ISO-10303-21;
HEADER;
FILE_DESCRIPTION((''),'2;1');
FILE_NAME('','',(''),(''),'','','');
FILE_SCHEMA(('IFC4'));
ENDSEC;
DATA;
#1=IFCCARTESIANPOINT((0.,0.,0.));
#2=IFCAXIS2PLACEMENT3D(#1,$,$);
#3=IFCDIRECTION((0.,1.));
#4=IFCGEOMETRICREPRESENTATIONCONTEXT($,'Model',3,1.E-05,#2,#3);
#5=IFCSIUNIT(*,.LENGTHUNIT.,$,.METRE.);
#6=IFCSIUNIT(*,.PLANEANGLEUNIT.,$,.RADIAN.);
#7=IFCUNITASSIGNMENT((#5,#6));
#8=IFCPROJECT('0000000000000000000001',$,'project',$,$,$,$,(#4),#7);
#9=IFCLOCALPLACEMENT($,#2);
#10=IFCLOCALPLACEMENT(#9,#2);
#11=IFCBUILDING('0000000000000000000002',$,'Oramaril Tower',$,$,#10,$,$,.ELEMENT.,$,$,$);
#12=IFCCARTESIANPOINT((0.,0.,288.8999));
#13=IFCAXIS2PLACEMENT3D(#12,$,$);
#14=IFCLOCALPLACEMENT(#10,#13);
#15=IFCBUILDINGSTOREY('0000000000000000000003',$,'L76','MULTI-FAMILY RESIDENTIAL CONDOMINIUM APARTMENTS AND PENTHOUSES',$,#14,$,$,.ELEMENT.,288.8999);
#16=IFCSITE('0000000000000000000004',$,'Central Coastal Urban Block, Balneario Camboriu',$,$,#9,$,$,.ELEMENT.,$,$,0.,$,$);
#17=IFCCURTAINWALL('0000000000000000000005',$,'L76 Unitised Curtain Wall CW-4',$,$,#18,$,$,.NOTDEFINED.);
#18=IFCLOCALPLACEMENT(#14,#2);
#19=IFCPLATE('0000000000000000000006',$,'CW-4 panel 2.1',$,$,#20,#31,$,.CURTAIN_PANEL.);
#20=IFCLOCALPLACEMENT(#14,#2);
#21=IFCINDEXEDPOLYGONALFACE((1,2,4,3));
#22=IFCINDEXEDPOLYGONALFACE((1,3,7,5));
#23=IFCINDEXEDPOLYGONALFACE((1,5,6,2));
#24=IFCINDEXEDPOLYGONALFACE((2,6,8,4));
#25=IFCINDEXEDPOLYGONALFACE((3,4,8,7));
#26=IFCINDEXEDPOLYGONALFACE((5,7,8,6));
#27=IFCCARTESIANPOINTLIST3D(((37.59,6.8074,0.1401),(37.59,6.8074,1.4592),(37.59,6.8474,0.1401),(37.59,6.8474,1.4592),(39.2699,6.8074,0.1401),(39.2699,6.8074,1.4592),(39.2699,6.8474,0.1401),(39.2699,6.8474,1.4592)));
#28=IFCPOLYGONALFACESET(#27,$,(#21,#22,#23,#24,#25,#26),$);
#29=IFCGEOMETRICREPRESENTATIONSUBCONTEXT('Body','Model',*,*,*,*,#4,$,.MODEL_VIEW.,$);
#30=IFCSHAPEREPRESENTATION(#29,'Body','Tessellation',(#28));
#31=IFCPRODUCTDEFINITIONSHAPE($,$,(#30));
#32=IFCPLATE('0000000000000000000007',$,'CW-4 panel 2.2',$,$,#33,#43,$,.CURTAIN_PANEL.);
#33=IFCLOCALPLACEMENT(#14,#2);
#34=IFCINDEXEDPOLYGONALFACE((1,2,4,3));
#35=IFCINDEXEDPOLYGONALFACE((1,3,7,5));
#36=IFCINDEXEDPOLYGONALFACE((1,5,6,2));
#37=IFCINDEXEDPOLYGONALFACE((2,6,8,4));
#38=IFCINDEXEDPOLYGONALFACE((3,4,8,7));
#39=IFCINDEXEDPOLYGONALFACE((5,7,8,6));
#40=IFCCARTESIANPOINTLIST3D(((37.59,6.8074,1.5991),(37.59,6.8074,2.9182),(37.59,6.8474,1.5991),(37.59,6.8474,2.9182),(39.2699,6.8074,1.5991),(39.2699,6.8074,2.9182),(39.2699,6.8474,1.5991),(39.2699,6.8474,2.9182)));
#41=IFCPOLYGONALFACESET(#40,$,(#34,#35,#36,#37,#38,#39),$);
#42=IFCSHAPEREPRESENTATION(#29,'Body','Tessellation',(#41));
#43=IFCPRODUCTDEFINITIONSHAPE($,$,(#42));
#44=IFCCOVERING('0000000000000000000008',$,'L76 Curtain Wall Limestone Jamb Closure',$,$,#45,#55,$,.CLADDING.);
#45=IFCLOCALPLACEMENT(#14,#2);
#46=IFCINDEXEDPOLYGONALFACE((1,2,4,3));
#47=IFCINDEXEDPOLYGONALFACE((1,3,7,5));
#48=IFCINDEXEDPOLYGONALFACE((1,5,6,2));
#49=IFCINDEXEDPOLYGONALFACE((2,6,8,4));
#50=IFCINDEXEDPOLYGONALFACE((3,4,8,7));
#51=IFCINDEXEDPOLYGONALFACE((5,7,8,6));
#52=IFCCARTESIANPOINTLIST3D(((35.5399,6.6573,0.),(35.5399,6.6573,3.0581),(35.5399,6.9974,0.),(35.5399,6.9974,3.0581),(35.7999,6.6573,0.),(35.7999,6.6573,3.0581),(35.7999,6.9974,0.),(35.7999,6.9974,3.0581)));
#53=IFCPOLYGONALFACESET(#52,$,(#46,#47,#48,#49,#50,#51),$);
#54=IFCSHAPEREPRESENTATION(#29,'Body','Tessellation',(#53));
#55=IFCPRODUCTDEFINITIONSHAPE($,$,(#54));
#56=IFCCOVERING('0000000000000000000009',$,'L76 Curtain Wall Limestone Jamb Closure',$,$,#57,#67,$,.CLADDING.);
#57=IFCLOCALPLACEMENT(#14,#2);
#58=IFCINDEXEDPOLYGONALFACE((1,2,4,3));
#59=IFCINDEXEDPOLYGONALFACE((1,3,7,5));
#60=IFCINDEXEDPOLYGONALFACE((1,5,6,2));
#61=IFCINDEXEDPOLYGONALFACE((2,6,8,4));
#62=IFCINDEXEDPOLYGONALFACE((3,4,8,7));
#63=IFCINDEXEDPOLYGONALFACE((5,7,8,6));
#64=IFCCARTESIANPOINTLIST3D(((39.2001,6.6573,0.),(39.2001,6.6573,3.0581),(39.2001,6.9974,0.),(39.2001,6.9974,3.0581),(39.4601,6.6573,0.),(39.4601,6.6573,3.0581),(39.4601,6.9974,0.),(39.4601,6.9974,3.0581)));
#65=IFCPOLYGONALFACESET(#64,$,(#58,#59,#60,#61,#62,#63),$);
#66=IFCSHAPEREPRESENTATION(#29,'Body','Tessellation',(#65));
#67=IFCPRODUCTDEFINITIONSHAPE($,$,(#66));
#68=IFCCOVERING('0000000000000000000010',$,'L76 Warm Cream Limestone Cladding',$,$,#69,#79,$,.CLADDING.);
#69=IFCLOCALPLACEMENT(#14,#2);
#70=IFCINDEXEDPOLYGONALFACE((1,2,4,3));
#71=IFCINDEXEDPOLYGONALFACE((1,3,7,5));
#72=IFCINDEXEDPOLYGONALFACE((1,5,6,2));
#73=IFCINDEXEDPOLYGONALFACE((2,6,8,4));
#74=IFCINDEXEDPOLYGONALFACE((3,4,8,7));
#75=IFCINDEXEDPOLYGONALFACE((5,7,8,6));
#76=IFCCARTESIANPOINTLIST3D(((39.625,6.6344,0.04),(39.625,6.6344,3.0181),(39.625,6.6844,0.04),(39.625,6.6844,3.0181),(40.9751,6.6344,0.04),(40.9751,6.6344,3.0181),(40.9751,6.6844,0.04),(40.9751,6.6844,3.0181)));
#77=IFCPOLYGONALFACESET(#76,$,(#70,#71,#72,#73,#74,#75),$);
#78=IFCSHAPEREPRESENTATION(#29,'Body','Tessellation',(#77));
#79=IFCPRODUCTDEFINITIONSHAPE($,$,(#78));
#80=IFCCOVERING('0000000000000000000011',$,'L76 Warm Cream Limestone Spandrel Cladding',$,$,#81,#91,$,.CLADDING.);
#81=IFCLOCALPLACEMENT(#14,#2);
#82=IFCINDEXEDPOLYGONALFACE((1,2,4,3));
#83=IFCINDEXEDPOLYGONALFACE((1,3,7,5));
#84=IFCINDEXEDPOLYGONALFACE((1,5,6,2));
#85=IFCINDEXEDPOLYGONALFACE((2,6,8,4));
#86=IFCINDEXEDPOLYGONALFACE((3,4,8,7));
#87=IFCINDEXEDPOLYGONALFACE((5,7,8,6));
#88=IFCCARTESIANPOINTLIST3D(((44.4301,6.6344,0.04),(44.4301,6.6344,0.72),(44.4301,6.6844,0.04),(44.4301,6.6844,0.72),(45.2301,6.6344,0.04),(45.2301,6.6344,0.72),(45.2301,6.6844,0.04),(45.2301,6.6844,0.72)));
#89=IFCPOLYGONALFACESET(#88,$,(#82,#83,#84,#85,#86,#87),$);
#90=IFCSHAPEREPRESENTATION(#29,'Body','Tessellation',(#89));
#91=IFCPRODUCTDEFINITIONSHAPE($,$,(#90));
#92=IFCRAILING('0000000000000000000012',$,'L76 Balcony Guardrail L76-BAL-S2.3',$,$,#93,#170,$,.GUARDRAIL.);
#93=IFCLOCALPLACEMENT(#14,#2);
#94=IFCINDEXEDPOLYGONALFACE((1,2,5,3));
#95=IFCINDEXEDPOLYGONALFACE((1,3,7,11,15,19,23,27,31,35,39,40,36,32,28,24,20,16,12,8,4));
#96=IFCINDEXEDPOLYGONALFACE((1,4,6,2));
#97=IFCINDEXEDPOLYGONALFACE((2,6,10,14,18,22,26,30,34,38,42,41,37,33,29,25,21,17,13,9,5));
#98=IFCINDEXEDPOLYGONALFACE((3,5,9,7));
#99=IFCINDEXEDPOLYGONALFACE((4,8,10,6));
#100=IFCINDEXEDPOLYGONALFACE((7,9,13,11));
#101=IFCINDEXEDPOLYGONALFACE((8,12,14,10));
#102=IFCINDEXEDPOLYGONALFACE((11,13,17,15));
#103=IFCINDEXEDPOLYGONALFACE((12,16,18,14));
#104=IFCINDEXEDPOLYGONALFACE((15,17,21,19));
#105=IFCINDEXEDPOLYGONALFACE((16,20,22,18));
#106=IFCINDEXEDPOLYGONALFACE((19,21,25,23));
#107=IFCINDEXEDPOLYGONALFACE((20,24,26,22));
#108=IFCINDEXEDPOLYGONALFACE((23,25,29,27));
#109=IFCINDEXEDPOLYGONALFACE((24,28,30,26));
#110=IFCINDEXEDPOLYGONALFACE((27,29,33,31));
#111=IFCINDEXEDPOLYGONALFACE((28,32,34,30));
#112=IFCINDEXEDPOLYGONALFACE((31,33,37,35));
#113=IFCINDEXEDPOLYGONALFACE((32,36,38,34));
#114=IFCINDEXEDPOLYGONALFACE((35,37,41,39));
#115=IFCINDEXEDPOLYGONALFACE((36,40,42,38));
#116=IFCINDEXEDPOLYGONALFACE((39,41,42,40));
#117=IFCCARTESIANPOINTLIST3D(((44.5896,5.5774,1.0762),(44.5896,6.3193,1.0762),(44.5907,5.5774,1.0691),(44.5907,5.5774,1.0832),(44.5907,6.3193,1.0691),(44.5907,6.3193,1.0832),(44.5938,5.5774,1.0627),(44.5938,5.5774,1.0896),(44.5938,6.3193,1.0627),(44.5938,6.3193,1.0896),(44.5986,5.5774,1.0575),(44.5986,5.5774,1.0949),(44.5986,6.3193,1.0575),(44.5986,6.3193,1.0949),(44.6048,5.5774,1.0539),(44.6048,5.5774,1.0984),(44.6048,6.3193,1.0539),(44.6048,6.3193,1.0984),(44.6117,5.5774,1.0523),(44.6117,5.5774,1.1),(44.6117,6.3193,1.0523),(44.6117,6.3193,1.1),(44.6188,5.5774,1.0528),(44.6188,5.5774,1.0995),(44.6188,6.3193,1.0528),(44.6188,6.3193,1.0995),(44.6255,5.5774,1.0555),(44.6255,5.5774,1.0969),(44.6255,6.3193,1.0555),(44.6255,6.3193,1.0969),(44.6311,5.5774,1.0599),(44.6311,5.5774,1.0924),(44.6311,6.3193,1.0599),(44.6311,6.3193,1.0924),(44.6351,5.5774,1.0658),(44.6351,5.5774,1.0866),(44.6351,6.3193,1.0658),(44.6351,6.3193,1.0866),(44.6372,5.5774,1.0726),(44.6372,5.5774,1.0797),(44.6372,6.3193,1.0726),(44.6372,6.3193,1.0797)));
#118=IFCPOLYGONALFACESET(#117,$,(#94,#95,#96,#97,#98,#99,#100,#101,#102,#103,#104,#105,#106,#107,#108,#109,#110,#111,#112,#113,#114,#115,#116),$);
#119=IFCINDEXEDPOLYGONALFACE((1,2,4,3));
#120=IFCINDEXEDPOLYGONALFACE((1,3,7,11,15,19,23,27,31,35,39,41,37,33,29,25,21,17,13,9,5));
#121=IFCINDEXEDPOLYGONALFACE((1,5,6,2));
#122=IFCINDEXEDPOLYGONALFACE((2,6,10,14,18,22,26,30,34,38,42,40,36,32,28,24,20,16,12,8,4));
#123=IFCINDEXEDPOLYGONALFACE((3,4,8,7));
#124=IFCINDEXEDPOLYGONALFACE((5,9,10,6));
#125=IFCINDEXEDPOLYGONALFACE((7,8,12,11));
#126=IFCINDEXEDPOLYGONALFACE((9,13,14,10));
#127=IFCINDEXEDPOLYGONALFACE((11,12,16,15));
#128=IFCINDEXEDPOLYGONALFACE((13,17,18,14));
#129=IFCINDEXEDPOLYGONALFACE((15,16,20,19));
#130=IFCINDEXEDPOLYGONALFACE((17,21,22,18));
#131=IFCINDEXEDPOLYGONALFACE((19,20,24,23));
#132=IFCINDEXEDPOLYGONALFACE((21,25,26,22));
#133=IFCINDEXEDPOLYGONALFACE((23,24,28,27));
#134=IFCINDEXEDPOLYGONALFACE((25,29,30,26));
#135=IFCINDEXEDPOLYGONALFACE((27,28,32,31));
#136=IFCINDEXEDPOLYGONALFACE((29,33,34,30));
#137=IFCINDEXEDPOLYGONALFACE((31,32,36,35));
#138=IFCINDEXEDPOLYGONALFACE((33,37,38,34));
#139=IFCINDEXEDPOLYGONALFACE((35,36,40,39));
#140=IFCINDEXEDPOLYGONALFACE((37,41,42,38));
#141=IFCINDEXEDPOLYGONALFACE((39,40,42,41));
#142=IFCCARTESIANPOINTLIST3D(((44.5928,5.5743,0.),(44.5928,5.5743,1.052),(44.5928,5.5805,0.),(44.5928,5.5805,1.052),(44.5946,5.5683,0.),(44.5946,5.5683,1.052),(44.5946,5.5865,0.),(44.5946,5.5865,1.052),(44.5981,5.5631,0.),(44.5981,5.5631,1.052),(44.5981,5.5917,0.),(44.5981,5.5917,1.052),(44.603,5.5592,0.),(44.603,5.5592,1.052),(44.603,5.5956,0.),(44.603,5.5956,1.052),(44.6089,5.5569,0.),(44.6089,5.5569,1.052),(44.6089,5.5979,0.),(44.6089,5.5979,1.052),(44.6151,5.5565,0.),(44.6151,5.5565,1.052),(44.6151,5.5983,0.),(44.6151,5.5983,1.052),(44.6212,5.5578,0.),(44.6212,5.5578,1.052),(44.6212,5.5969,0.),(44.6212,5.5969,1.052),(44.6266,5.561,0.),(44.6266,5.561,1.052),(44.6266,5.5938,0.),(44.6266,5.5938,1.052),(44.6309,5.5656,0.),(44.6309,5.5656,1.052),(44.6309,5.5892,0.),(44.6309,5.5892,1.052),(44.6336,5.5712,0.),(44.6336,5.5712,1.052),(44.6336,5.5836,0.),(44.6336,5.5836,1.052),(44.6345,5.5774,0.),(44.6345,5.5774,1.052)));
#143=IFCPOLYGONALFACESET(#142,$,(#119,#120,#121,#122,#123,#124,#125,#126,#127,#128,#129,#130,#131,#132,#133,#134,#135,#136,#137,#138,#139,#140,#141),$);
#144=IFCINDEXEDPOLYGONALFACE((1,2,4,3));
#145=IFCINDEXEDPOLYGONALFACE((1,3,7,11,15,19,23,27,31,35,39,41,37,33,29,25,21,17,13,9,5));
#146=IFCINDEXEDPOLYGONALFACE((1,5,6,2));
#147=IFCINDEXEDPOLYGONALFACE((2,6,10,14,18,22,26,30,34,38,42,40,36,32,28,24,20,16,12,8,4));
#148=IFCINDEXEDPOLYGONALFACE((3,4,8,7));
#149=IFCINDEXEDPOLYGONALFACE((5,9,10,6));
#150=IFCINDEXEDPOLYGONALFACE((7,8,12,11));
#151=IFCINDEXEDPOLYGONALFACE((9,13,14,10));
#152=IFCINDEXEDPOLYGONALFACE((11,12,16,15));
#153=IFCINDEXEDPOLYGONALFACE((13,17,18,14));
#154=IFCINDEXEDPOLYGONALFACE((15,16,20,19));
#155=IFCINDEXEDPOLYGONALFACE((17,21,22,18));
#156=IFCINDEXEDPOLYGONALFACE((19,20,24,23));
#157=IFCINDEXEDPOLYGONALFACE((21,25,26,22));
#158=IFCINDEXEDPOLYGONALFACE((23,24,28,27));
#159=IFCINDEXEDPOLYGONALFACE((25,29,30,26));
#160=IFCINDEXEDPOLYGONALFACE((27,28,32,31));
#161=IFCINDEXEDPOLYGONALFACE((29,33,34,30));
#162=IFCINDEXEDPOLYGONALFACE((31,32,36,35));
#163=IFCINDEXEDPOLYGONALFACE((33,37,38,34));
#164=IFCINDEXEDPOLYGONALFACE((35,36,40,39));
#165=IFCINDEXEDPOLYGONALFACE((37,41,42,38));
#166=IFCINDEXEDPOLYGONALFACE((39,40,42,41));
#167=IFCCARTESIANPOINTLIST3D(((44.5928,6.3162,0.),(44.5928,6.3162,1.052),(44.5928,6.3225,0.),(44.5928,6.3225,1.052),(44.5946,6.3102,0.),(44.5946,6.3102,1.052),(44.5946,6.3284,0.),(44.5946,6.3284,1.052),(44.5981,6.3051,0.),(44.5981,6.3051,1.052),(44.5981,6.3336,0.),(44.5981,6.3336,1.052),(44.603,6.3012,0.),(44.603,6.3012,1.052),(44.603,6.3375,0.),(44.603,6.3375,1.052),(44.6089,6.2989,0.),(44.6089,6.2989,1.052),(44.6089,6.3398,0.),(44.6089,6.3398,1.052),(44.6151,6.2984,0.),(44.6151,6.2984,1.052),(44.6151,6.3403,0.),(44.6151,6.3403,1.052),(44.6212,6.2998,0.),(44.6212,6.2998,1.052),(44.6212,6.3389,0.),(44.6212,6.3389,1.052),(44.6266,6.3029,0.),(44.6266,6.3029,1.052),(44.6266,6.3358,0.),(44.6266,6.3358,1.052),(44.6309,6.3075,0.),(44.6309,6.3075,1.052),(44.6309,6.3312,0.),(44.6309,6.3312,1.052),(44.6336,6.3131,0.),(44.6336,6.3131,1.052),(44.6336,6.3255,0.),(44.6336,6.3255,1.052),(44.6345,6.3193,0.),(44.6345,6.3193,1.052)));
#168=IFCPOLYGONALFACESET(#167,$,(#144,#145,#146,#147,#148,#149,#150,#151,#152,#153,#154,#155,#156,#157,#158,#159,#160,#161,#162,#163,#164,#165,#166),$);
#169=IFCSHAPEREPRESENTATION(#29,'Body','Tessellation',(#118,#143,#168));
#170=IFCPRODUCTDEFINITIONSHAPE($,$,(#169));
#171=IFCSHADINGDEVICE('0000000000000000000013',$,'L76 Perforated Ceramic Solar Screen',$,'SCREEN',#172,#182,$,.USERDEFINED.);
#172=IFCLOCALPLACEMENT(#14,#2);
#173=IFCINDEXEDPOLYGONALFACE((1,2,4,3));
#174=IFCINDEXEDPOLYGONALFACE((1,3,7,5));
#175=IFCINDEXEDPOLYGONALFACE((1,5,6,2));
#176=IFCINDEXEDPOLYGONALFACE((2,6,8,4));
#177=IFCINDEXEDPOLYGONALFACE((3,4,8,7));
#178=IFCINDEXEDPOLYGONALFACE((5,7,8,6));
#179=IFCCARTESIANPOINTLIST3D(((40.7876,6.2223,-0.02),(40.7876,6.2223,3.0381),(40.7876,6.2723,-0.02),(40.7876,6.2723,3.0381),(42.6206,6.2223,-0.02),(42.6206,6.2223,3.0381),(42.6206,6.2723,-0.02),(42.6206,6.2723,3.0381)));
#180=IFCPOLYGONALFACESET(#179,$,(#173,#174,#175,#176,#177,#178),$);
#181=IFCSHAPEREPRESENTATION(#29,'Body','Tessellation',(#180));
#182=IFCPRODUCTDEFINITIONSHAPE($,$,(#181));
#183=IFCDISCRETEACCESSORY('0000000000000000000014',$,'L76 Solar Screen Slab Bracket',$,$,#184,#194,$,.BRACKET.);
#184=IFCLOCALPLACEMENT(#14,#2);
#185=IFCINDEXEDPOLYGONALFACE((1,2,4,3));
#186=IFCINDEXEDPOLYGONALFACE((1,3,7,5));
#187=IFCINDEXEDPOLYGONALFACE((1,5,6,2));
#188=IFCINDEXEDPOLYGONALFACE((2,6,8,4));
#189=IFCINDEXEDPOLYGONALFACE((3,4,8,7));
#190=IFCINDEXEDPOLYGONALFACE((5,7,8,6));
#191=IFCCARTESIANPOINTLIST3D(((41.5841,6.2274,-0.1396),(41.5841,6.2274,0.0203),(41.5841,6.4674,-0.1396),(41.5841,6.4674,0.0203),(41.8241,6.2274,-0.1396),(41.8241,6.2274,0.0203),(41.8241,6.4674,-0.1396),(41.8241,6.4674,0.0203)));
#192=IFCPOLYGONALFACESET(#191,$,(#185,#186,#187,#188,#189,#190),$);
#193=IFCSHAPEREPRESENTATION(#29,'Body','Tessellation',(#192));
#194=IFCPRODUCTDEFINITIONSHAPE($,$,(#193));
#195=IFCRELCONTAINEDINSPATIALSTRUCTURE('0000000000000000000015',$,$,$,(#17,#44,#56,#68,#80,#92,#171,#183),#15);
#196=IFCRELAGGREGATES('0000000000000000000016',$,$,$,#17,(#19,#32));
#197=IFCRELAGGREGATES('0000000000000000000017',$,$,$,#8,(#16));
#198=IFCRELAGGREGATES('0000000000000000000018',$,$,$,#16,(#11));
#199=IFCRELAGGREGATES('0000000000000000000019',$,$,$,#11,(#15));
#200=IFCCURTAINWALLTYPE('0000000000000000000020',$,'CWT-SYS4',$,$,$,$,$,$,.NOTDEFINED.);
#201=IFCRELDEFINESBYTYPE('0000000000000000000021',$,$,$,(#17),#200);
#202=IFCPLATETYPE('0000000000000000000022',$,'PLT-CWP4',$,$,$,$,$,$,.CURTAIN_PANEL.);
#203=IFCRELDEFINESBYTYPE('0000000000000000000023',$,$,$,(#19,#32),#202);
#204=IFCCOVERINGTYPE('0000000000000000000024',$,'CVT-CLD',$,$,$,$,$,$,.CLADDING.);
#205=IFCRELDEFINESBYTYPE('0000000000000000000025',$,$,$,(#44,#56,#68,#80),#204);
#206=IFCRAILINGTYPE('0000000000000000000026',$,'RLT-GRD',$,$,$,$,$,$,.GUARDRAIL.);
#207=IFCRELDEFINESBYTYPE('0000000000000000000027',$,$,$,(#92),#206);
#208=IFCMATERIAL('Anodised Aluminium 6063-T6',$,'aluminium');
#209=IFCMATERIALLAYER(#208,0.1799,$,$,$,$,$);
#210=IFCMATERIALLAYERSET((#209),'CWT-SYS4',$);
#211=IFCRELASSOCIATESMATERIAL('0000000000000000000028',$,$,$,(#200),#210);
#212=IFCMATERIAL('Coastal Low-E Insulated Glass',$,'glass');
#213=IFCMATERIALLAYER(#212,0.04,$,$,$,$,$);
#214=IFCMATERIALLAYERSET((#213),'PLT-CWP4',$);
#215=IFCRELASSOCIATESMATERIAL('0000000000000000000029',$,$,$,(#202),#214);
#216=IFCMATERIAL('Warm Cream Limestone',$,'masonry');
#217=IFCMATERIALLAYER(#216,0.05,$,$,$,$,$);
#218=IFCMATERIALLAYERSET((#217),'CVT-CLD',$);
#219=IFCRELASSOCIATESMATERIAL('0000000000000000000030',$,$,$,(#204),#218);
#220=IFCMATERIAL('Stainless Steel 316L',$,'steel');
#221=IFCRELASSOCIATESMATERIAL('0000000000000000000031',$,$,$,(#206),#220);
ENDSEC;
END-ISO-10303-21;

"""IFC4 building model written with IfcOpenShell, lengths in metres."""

from ifc_helpers import new_model, si_unit, direction, frame, origin, origin_2d, place, context, subcontext, project, spatial, rectangle, circle, extrude, material, layer, layer_set, type_object, element, aggregate, save


model = new_model("IFC4")

# Units and contexts
model_context = context("Model", 3, precision=1e-05, world=origin(), true_north=direction((0.0, 1.0)))
body_context = subcontext(model_context, "Body", "Model", "MODEL_VIEW")
ifc_project = project(units=[si_unit("LENGTHUNIT", "METRE"), si_unit("PLANEANGLEUNIT", "RADIAN")], contexts=[model_context])

# Site, building, storey
site_placement = place(None, origin())
site = spatial("IfcSite", under=ifc_project, at=site_placement, Name="Central Coastal Urban Block, Balneario Camboriu", CompositionType="ELEMENT", RefElevation=0.0)
building_placement = place(site_placement, origin())
building = spatial("IfcBuilding", under=site, at=building_placement, Name="Oramaril Tower", CompositionType="ELEMENT")
storey_placement = place(building_placement, frame((0.0, 0.0, 288.8999)))
storey = spatial("IfcBuildingStorey", under=building, at=storey_placement, Name="L76", Description="MULTI-FAMILY RESIDENTIAL CONDOMINIUM APARTMENTS AND PENTHOUSES", CompositionType="ELEMENT", Elevation=288.8999)

# Curtain wall, plates
ifc_material_1 = material(Name="Anodised Aluminium 6063-T6", Category="aluminium")
ifc_layer_1 = layer(ifc_material_1, 0.1799)
ifc_layer_set_1 = layer_set([ifc_layer_1], Name="CWT-SYS4")
curtain_wall_type = type_object("IfcCurtainWallType", Name="CWT-SYS4", PredefinedType="NOTDEFINED", material=ifc_layer_set_1)
curtain_wall_placement = place(storey_placement, origin())
curtain_wall = element("IfcCurtainWall", 1, at=curtain_wall_placement, inside=storey, type_object=curtain_wall_type, Name="L76 Unitised Curtain Wall CW-4", PredefinedType="NOTDEFINED")
ifc_material_2 = material(Name="Coastal Low-E Insulated Glass", Category="glass")
ifc_layer_2 = layer(ifc_material_2, 0.04)
ifc_layer_set_2 = layer_set([ifc_layer_2], Name="PLT-CWP4")
plate_type = type_object("IfcPlateType", Name="PLT-CWP4", PredefinedType="CURTAIN_PANEL", material=ifc_layer_set_2)
plate_1_placement = place(storey_placement, frame((38.4299, 6.8274, 0.1401), z_axis=(0.0, 0.0, 1.0), x_axis=(1.0, 0.0, 0.0)))
plate_1 = element("IfcPlate", 2, at=plate_1_placement, type_object=plate_type, Name="CW-4 panel 2.1", PredefinedType="CURTAIN_PANEL", context=body_context, shape_type="SweptSolid", body=[
    extrude(rectangle(XDim=1.6799, YDim=0.04, at=origin_2d()), origin(), (0.0, 0.0, 1.0), 1.3191),
])
plate_2_placement = place(storey_placement, frame((38.4299, 6.8274, 1.5991), z_axis=(0.0, 0.0, 1.0), x_axis=(1.0, 0.0, 0.0)))
plate_2 = element("IfcPlate", 3, at=plate_2_placement, type_object=plate_type, Name="CW-4 panel 2.2", PredefinedType="CURTAIN_PANEL", context=body_context, shape_type="SweptSolid", body=[
    extrude(rectangle(XDim=1.6799, YDim=0.04, at=origin_2d()), origin(), (0.0, 0.0, 1.0), 1.3191),
])
aggregate(curtain_wall, [plate_1, plate_2])

# Coverings
ifc_material_3 = material(Name="Warm Cream Limestone", Category="masonry")
ifc_layer_3 = layer(ifc_material_3, 0.05)
ifc_layer_set_3 = layer_set([ifc_layer_3], Name="CVT-CLD")
covering_type = type_object("IfcCoveringType", Name="CVT-CLD", PredefinedType="CLADDING", material=ifc_layer_set_3)
for number, where, z_axis, x_axis, name in (
    (4, (35.6699, 6.8274, 0.0), (0.0, 0.0, 1.0), (1.0, 0.0, 0.0), "L76 Curtain Wall Limestone Jamb Closure"),
    (5, (39.3301, 6.8274, 0.0), (0.0, 0.0, 1.0), (1.0, 0.0, 0.0), "L76 Curtain Wall Limestone Jamb Closure"),
):
    element("IfcCovering", number, at=place(storey_placement, frame(where, z_axis=z_axis, x_axis=x_axis)), inside=storey, type_object=covering_type, Name=name, PredefinedType="CLADDING", context=body_context, shape_type="SweptSolid", body=[
        extrude(rectangle(XDim=0.26, YDim=0.3401, at=origin_2d()), origin(), (0.0, 0.0, 1.0), 3.0581),
    ])
covering_1_placement = place(storey_placement, frame((40.3, 6.6594, 0.04), z_axis=(0.0, 0.0, 1.0), x_axis=(1.0, 0.0, 0.0)))
element("IfcCovering", 6, at=covering_1_placement, inside=storey, type_object=covering_type, Name="L76 Warm Cream Limestone Cladding", PredefinedType="CLADDING", context=body_context, shape_type="SweptSolid", body=[
    extrude(rectangle(XDim=1.3501, YDim=0.05, at=origin_2d()), origin(), (0.0, 0.0, 1.0), 2.978),
])
covering_2_placement = place(storey_placement, frame((44.8301, 6.6594, 0.04), z_axis=(0.0, 0.0, 1.0), x_axis=(1.0, 0.0, 0.0)))
element("IfcCovering", 7, at=covering_2_placement, inside=storey, type_object=covering_type, Name="L76 Warm Cream Limestone Spandrel Cladding", PredefinedType="CLADDING", context=body_context, shape_type="SweptSolid", body=[
    extrude(rectangle(XDim=0.8, YDim=0.05, at=origin_2d()), origin(), (0.0, 0.0, 1.0), 0.6799),
])

# Railing
ifc_material_4 = material(Name="Stainless Steel 316L", Category="steel")
railing_type = type_object("IfcRailingType", Name="RLT-GRD", PredefinedType="GUARDRAIL", material=ifc_material_4)
railing_placement = place(storey_placement, frame((44.6135, 5.5774, 0.0)))
element("IfcRailing", 8, at=railing_placement, inside=storey, type_object=railing_type, Name="L76 Balcony Guardrail L76-BAL-S2.3", PredefinedType="GUARDRAIL", context=body_context, shape_type="SweptSolid", body=[
    extrude(circle(Radius=0.0239, at=origin_2d()), frame((0.0, 0.0, 1.0762), z_axis=(0.0, 1.0, 0.0), x_axis=(-1.0, 0.0, 0.0)), (0.0, 0.0, 1.0), 0.7419),
    extrude(circle(Radius=0.021, at=origin_2d()), origin(), (0.0, 0.0, 1.0), 1.052),
    extrude(circle(Radius=0.021, at=origin_2d()), frame((0.0, 0.7419, 0.0)), (0.0, 0.0, 1.0), 1.052),
])

# Shading device
shading_device_placement = place(storey_placement, frame((41.7041, 6.2473, -0.02), z_axis=(0.0, 0.0, 1.0), x_axis=(1.0, 0.0, 0.0)))
element("IfcShadingDevice", 9, at=shading_device_placement, inside=storey, Name="L76 Perforated Ceramic Solar Screen", ObjectType="SCREEN", PredefinedType="USERDEFINED", context=body_context, shape_type="SweptSolid", body=[
    extrude(rectangle(XDim=1.833, YDim=0.05, at=origin_2d()), origin(), (0.0, 0.0, 1.0), 3.0581),
])

# Discrete accessory
discrete_accessory_placement = place(storey_placement, frame((41.7041, 6.3474, -0.1396), z_axis=(0.0, 0.0, 1.0), x_axis=(1.0, 0.0, 0.0)))
element("IfcDiscreteAccessory", 10, at=discrete_accessory_placement, inside=storey, Name="L76 Solar Screen Slab Bracket", PredefinedType="BRACKET", context=body_context, shape_type="SweptSolid", body=[
    extrude(rectangle(XDim=0.24, YDim=0.24, at=origin_2d()), origin(), (0.0, 0.0, 1.0), 0.1599),
])

save(model, "model.ifc")
